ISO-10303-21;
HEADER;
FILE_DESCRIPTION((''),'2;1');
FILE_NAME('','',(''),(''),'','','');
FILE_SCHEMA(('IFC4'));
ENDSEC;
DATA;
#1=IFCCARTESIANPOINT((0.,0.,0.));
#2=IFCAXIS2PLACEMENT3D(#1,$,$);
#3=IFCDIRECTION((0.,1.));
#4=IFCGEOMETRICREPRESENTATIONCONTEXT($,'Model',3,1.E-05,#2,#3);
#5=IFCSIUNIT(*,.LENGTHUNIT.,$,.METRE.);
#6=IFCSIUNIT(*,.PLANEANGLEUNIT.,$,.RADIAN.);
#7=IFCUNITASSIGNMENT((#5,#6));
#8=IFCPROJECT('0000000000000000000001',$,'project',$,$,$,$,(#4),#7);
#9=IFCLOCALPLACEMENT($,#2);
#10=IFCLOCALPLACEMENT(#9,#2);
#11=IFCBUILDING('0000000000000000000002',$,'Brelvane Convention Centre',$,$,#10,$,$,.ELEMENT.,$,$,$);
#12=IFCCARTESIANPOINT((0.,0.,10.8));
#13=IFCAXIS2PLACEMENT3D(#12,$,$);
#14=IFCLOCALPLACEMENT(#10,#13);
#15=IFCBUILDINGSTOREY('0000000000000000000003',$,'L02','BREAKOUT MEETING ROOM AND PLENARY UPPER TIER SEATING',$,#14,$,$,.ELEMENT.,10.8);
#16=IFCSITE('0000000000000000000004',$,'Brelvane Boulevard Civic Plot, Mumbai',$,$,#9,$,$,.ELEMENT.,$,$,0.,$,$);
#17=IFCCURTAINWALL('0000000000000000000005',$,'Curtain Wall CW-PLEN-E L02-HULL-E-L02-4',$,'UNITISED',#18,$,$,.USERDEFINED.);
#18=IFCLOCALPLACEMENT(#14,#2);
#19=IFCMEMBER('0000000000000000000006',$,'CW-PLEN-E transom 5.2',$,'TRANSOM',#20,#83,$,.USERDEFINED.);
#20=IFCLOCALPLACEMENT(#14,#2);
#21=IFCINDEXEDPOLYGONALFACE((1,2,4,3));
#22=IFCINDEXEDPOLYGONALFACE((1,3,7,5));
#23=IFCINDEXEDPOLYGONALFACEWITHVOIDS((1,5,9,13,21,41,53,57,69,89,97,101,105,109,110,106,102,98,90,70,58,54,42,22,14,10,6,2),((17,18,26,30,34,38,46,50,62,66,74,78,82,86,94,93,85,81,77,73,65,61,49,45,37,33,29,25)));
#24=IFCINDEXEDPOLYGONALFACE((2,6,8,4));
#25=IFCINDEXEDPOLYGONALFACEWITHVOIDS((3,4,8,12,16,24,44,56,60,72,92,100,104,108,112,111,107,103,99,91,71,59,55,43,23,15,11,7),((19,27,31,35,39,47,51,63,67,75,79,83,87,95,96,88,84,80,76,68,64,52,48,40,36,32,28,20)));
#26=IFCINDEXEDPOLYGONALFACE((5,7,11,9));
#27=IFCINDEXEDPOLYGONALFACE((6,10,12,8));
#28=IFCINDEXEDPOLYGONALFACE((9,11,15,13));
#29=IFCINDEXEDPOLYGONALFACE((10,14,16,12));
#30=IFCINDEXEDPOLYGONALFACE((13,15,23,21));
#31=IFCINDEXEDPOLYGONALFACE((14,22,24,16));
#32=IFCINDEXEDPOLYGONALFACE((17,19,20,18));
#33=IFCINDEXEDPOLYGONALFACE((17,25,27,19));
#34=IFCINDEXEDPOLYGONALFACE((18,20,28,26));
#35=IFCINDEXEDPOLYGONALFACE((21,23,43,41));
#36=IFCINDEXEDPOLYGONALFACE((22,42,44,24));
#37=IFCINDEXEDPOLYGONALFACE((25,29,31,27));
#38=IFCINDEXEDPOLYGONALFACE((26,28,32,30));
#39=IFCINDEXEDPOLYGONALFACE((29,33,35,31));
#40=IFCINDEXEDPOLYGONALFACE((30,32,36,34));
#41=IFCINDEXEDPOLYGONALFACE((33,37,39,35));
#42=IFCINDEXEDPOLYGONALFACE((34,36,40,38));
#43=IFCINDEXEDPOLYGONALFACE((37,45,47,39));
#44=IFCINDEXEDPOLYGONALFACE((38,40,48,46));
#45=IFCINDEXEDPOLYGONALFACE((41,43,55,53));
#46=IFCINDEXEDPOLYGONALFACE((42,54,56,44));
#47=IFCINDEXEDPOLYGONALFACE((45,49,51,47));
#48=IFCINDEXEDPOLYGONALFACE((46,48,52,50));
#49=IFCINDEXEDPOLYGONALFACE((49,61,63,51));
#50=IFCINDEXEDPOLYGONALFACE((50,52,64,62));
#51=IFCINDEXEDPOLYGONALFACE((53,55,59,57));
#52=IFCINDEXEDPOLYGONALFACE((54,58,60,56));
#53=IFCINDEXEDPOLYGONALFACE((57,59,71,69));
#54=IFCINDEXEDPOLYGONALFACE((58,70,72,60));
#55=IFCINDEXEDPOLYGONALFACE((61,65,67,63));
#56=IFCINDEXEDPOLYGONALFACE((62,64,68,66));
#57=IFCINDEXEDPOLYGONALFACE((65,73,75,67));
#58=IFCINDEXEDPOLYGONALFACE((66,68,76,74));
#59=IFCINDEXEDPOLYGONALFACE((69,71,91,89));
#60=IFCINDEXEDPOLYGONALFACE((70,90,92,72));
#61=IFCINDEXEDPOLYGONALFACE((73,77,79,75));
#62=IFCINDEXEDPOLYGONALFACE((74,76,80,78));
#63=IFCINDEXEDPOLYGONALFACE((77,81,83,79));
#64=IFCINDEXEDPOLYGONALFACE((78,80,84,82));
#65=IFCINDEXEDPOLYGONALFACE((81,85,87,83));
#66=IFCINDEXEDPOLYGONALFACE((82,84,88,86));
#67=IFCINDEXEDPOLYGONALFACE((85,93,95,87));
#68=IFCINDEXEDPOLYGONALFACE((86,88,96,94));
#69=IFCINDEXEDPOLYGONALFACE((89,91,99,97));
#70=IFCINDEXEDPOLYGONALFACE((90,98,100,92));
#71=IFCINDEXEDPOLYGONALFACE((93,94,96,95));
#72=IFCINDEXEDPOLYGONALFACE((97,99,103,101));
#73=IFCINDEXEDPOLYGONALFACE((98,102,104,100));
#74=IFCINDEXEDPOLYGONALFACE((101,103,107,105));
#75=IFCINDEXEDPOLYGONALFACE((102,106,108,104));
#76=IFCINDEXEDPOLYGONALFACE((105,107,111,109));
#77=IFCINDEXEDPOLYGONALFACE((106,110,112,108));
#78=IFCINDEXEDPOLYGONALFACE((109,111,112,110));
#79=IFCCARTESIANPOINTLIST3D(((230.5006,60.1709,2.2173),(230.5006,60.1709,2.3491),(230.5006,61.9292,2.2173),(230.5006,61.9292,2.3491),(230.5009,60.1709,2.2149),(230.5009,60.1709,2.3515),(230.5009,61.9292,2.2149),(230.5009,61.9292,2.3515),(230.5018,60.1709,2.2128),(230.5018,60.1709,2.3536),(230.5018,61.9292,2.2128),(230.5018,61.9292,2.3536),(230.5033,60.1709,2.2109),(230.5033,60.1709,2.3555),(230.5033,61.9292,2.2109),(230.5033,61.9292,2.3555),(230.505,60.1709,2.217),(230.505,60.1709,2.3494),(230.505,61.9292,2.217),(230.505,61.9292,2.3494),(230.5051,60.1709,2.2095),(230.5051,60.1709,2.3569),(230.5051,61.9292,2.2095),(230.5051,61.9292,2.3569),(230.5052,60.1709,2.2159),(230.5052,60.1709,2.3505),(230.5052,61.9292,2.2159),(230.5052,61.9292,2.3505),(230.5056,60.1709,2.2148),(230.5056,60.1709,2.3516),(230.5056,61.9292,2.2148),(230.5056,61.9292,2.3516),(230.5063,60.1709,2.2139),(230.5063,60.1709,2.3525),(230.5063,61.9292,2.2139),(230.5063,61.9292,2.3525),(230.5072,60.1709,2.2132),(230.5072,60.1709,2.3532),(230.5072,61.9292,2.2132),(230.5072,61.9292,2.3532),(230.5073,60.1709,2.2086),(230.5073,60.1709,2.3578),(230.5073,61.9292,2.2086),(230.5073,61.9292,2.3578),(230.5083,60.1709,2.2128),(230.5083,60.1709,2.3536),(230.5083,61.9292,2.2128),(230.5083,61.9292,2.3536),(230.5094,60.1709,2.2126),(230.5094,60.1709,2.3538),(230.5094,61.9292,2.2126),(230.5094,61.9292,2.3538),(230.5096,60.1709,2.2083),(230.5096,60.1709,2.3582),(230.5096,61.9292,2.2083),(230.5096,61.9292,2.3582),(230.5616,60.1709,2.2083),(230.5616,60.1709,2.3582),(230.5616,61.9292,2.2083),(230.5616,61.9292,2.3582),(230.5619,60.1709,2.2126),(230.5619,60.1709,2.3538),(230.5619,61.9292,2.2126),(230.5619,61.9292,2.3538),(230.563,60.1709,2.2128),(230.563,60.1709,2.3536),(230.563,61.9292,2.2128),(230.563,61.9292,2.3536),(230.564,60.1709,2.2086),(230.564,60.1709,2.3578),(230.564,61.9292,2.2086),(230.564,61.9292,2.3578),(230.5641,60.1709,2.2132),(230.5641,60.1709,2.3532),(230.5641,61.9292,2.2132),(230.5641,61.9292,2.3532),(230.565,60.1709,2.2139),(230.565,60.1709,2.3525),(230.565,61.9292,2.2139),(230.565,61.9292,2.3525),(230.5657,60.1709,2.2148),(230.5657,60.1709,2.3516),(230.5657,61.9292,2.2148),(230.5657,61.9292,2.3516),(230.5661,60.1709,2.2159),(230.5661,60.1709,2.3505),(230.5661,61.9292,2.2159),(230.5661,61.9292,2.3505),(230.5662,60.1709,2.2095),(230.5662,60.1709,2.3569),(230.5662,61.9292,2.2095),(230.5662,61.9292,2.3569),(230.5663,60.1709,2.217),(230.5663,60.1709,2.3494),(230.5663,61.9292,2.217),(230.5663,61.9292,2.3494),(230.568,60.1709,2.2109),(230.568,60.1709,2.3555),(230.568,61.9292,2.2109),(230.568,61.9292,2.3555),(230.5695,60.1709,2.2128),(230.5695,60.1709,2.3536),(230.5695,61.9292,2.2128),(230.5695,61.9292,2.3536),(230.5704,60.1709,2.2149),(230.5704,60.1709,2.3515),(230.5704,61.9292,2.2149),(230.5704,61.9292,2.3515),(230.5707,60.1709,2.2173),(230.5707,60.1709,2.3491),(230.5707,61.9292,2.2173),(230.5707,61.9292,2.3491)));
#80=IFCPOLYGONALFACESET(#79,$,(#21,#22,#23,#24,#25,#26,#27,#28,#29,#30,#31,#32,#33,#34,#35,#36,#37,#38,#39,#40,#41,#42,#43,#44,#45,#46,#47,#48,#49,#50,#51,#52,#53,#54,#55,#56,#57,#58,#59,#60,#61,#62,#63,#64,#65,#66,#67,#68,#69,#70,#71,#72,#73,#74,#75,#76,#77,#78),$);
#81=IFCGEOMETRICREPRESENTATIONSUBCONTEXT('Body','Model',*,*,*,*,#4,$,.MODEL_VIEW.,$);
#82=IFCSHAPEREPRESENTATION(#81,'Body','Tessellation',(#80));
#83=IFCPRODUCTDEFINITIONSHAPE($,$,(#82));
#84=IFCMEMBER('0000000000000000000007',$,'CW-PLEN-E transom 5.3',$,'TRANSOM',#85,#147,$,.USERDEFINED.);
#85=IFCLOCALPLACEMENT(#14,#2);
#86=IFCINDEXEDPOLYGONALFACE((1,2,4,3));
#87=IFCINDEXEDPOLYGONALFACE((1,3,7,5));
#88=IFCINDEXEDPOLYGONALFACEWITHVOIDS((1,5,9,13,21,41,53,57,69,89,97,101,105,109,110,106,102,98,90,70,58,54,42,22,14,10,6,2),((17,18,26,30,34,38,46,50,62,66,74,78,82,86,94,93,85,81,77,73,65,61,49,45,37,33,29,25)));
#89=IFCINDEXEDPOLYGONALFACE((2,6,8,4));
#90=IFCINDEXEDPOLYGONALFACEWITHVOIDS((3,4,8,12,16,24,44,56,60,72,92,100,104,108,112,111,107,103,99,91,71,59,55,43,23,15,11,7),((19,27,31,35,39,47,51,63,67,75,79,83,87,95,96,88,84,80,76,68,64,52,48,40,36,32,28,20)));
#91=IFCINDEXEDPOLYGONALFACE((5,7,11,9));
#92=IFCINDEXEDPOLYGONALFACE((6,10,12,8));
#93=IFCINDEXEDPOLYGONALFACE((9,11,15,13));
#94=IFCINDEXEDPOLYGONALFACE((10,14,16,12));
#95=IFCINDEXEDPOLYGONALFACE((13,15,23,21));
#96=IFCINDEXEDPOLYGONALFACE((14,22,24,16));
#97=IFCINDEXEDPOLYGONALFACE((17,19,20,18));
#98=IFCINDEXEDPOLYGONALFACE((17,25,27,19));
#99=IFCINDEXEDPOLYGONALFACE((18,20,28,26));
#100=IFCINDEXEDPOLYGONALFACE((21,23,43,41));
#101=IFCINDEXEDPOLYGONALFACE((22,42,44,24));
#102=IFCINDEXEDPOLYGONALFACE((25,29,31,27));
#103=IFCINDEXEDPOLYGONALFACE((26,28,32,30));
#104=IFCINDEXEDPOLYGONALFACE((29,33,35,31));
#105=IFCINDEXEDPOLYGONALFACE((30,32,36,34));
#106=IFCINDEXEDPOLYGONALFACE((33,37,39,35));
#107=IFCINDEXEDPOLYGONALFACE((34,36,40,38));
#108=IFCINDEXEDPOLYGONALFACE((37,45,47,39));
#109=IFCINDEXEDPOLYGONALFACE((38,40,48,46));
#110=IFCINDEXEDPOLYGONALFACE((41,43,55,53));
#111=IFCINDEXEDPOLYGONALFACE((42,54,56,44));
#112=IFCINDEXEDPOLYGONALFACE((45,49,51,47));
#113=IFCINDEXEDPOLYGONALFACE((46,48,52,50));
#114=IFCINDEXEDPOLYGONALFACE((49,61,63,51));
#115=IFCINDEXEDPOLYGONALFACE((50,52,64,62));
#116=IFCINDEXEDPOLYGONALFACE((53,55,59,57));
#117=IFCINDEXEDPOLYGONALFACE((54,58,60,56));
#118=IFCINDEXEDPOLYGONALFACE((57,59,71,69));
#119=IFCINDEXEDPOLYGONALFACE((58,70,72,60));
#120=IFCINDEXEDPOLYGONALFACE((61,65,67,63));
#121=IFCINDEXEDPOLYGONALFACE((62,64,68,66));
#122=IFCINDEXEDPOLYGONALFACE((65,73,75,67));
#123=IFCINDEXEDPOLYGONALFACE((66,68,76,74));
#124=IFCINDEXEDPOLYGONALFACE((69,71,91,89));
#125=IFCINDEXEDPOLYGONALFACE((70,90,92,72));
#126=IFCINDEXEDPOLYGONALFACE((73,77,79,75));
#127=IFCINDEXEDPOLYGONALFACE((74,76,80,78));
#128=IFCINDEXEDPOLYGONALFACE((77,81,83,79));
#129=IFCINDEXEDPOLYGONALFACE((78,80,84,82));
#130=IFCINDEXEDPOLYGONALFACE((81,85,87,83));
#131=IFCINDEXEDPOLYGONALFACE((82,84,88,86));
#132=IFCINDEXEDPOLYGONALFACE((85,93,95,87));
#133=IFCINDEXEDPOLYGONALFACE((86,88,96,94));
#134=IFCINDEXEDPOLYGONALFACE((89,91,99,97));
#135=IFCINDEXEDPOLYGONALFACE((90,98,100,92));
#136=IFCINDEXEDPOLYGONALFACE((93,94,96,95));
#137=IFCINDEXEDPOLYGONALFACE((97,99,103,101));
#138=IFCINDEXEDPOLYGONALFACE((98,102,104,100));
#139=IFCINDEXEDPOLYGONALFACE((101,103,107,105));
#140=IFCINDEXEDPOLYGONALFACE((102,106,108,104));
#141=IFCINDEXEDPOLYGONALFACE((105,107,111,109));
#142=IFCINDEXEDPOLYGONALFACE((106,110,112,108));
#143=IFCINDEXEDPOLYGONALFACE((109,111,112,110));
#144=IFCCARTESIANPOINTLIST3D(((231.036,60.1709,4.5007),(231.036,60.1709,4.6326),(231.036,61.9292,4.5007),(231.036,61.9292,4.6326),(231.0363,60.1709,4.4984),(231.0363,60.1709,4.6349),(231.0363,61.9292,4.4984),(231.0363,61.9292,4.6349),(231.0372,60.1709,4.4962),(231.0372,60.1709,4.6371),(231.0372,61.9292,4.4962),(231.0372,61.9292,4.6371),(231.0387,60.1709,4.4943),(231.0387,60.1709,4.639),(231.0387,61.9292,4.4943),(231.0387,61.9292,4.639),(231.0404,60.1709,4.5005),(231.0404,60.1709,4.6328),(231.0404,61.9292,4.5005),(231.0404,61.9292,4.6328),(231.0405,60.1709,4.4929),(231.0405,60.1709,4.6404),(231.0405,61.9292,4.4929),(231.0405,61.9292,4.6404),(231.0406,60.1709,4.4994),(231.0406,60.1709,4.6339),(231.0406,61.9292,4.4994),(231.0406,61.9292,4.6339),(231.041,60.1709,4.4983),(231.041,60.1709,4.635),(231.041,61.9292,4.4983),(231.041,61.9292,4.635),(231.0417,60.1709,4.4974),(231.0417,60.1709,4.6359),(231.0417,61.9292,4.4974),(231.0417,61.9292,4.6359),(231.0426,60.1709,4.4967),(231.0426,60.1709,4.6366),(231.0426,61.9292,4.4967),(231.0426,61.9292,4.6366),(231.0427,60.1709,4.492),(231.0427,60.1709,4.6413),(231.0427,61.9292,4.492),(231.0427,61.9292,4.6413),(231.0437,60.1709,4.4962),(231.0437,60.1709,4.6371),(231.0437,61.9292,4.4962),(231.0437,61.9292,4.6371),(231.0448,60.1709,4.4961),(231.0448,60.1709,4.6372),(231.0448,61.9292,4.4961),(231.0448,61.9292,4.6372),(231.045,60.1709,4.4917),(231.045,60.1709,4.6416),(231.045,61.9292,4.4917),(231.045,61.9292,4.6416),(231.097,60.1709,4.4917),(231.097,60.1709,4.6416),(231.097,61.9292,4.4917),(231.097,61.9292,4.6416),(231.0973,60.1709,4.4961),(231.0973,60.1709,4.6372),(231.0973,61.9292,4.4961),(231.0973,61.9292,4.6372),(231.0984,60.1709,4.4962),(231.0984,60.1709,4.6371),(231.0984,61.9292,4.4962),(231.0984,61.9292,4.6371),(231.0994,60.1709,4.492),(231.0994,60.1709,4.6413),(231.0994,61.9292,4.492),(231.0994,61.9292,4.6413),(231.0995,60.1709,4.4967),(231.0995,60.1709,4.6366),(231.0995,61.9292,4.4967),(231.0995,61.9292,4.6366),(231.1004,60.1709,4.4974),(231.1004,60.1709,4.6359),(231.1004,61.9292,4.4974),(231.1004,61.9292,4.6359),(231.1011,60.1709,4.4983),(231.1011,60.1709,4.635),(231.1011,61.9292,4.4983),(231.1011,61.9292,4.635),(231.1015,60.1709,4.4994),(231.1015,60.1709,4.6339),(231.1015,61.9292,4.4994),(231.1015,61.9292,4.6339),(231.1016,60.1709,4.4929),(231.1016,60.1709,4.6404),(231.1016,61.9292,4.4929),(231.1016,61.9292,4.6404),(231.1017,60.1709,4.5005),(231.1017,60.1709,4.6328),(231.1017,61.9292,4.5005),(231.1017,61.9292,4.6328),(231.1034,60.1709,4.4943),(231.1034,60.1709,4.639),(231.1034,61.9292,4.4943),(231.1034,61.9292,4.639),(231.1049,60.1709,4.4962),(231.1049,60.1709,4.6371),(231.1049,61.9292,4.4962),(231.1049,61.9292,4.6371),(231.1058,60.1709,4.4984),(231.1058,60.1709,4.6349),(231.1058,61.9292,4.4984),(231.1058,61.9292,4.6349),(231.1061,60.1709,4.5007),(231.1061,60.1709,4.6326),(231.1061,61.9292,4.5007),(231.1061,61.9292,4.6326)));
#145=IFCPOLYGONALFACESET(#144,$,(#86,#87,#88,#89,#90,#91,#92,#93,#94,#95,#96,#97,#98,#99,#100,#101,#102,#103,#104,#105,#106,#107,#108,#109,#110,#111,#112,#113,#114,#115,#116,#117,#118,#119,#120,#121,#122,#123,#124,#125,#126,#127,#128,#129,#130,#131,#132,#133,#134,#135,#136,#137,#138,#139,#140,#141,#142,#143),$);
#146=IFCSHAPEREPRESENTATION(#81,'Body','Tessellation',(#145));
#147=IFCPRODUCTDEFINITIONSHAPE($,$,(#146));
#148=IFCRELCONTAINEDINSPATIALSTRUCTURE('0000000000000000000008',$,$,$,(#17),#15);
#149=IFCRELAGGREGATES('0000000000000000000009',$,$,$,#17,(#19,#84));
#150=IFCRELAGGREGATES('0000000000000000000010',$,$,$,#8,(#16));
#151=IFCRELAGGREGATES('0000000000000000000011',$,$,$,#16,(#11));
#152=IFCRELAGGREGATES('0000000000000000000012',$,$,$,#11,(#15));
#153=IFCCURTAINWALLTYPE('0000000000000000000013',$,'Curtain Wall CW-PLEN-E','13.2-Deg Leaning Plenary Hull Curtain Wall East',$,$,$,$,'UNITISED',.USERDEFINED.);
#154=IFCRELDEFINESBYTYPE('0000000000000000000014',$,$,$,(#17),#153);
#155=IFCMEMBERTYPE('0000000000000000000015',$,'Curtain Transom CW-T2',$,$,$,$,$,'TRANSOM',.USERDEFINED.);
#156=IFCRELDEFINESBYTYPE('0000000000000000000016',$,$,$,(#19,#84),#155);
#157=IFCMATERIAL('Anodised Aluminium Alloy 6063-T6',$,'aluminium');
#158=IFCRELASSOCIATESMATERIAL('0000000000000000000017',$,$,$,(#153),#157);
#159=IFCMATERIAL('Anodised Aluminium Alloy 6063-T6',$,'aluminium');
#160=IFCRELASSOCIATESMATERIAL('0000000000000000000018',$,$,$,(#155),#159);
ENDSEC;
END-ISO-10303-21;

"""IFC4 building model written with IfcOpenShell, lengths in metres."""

from ifc_helpers import new_model, si_unit, direction, frame, origin, origin_2d, place, context, subcontext, project, spatial, hollow_rectangle, extrude, material, material_profile, profile_set, type_object, element, aggregate, save


model = new_model("IFC4")

# Units and contexts
model_context = context("Model", 3, precision=1e-05, world=origin(), true_north=direction((0.0, 1.0)))
body_context = subcontext(model_context, "Body", "Model", "MODEL_VIEW")
ifc_project = project(units=[si_unit("LENGTHUNIT", "METRE"), si_unit("PLANEANGLEUNIT", "RADIAN")], contexts=[model_context])

# Site, building, storey
site_placement = place(None, origin())
site = spatial("IfcSite", under=ifc_project, at=site_placement, Name="Brelvane Boulevard Civic Plot, Mumbai", CompositionType="ELEMENT", RefElevation=0.0)
building_placement = place(site_placement, origin())
building = spatial("IfcBuilding", under=site, at=building_placement, Name="Brelvane Convention Centre", CompositionType="ELEMENT")
storey_placement = place(building_placement, frame((0.0, 0.0, 10.8)))
storey = spatial("IfcBuildingStorey", under=building, at=storey_placement, Name="L02", Description="BREAKOUT MEETING ROOM AND PLENARY UPPER TIER SEATING", CompositionType="ELEMENT", Elevation=10.8)

# Curtain wall, members
ifc_material_1 = material(Name="Anodised Aluminium Alloy 6063-T6", Category="aluminium")
curtain_wall_type = type_object("IfcCurtainWallType", Name="Curtain Wall CW-PLEN-E", Description="13.2-Deg Leaning Plenary Hull Curtain Wall East", ElementType="UNITISED", PredefinedType="USERDEFINED", material=ifc_material_1)
curtain_wall_1_placement = place(storey_placement, origin())
curtain_wall_1 = element("IfcCurtainWall", 1, at=curtain_wall_1_placement, inside=storey, type_object=curtain_wall_type, Name="Curtain Wall CW-PLEN-E L02-HULL-E-L02-4", ObjectType="UNITISED", PredefinedType="USERDEFINED")
ifc_material_2 = material(Name="Anodised Aluminium Alloy 6063-T6", Category="aluminium")
ifc_material_profile = material_profile(ifc_material_2, hollow_rectangle(XDim=0.0701, YDim=0.1499, WallThickness=0.0044, InnerFilletRadius=0.0044, OuterFilletRadius=0.009, at=origin_2d()), Name="ALU-T 150x70x4.5")
ifc_profile_set = profile_set([ifc_material_profile], Name="Anodised Aluminium Alloy 6063-T6")
member_type = type_object("IfcMemberType", Name="Curtain Transom CW-T2", ElementType="TRANSOM", PredefinedType="USERDEFINED", material=ifc_profile_set)
member_1_placement = place(storey_placement, frame((230.5356, 60.1709, 2.2832), z_axis=(0.0, 1.0, 0.0), x_axis=(-1.0, 0.0, 0.0)))
member_1 = element("IfcMember", 2, at=member_1_placement, type_object=member_type, Name="CW-PLEN-E transom 5.2", ObjectType="TRANSOM", PredefinedType="USERDEFINED", context=body_context, shape_type="SweptSolid", body=[
    extrude(hollow_rectangle(XDim=0.0701, YDim=0.1499, WallThickness=0.0044, InnerFilletRadius=0.0044, OuterFilletRadius=0.009, at=origin_2d()), origin(), (0.0, 0.0, 1.0), 1.7583),
])
member_2_placement = place(storey_placement, frame((231.071, 60.1709, 4.5667), z_axis=(0.0, 1.0, 0.0), x_axis=(-1.0, 0.0, 0.0)))
member_2 = element("IfcMember", 3, at=member_2_placement, type_object=member_type, Name="CW-PLEN-E transom 5.3", ObjectType="TRANSOM", PredefinedType="USERDEFINED", context=body_context, shape_type="SweptSolid", body=[
    extrude(hollow_rectangle(XDim=0.0701, YDim=0.1499, WallThickness=0.0044, InnerFilletRadius=0.0044, OuterFilletRadius=0.009, at=origin_2d()), origin(), (0.0, 0.0, 1.0), 1.7583),
])

aggregate(curtain_wall_1, [member_1, member_2])

save(model, "model.ifc")
